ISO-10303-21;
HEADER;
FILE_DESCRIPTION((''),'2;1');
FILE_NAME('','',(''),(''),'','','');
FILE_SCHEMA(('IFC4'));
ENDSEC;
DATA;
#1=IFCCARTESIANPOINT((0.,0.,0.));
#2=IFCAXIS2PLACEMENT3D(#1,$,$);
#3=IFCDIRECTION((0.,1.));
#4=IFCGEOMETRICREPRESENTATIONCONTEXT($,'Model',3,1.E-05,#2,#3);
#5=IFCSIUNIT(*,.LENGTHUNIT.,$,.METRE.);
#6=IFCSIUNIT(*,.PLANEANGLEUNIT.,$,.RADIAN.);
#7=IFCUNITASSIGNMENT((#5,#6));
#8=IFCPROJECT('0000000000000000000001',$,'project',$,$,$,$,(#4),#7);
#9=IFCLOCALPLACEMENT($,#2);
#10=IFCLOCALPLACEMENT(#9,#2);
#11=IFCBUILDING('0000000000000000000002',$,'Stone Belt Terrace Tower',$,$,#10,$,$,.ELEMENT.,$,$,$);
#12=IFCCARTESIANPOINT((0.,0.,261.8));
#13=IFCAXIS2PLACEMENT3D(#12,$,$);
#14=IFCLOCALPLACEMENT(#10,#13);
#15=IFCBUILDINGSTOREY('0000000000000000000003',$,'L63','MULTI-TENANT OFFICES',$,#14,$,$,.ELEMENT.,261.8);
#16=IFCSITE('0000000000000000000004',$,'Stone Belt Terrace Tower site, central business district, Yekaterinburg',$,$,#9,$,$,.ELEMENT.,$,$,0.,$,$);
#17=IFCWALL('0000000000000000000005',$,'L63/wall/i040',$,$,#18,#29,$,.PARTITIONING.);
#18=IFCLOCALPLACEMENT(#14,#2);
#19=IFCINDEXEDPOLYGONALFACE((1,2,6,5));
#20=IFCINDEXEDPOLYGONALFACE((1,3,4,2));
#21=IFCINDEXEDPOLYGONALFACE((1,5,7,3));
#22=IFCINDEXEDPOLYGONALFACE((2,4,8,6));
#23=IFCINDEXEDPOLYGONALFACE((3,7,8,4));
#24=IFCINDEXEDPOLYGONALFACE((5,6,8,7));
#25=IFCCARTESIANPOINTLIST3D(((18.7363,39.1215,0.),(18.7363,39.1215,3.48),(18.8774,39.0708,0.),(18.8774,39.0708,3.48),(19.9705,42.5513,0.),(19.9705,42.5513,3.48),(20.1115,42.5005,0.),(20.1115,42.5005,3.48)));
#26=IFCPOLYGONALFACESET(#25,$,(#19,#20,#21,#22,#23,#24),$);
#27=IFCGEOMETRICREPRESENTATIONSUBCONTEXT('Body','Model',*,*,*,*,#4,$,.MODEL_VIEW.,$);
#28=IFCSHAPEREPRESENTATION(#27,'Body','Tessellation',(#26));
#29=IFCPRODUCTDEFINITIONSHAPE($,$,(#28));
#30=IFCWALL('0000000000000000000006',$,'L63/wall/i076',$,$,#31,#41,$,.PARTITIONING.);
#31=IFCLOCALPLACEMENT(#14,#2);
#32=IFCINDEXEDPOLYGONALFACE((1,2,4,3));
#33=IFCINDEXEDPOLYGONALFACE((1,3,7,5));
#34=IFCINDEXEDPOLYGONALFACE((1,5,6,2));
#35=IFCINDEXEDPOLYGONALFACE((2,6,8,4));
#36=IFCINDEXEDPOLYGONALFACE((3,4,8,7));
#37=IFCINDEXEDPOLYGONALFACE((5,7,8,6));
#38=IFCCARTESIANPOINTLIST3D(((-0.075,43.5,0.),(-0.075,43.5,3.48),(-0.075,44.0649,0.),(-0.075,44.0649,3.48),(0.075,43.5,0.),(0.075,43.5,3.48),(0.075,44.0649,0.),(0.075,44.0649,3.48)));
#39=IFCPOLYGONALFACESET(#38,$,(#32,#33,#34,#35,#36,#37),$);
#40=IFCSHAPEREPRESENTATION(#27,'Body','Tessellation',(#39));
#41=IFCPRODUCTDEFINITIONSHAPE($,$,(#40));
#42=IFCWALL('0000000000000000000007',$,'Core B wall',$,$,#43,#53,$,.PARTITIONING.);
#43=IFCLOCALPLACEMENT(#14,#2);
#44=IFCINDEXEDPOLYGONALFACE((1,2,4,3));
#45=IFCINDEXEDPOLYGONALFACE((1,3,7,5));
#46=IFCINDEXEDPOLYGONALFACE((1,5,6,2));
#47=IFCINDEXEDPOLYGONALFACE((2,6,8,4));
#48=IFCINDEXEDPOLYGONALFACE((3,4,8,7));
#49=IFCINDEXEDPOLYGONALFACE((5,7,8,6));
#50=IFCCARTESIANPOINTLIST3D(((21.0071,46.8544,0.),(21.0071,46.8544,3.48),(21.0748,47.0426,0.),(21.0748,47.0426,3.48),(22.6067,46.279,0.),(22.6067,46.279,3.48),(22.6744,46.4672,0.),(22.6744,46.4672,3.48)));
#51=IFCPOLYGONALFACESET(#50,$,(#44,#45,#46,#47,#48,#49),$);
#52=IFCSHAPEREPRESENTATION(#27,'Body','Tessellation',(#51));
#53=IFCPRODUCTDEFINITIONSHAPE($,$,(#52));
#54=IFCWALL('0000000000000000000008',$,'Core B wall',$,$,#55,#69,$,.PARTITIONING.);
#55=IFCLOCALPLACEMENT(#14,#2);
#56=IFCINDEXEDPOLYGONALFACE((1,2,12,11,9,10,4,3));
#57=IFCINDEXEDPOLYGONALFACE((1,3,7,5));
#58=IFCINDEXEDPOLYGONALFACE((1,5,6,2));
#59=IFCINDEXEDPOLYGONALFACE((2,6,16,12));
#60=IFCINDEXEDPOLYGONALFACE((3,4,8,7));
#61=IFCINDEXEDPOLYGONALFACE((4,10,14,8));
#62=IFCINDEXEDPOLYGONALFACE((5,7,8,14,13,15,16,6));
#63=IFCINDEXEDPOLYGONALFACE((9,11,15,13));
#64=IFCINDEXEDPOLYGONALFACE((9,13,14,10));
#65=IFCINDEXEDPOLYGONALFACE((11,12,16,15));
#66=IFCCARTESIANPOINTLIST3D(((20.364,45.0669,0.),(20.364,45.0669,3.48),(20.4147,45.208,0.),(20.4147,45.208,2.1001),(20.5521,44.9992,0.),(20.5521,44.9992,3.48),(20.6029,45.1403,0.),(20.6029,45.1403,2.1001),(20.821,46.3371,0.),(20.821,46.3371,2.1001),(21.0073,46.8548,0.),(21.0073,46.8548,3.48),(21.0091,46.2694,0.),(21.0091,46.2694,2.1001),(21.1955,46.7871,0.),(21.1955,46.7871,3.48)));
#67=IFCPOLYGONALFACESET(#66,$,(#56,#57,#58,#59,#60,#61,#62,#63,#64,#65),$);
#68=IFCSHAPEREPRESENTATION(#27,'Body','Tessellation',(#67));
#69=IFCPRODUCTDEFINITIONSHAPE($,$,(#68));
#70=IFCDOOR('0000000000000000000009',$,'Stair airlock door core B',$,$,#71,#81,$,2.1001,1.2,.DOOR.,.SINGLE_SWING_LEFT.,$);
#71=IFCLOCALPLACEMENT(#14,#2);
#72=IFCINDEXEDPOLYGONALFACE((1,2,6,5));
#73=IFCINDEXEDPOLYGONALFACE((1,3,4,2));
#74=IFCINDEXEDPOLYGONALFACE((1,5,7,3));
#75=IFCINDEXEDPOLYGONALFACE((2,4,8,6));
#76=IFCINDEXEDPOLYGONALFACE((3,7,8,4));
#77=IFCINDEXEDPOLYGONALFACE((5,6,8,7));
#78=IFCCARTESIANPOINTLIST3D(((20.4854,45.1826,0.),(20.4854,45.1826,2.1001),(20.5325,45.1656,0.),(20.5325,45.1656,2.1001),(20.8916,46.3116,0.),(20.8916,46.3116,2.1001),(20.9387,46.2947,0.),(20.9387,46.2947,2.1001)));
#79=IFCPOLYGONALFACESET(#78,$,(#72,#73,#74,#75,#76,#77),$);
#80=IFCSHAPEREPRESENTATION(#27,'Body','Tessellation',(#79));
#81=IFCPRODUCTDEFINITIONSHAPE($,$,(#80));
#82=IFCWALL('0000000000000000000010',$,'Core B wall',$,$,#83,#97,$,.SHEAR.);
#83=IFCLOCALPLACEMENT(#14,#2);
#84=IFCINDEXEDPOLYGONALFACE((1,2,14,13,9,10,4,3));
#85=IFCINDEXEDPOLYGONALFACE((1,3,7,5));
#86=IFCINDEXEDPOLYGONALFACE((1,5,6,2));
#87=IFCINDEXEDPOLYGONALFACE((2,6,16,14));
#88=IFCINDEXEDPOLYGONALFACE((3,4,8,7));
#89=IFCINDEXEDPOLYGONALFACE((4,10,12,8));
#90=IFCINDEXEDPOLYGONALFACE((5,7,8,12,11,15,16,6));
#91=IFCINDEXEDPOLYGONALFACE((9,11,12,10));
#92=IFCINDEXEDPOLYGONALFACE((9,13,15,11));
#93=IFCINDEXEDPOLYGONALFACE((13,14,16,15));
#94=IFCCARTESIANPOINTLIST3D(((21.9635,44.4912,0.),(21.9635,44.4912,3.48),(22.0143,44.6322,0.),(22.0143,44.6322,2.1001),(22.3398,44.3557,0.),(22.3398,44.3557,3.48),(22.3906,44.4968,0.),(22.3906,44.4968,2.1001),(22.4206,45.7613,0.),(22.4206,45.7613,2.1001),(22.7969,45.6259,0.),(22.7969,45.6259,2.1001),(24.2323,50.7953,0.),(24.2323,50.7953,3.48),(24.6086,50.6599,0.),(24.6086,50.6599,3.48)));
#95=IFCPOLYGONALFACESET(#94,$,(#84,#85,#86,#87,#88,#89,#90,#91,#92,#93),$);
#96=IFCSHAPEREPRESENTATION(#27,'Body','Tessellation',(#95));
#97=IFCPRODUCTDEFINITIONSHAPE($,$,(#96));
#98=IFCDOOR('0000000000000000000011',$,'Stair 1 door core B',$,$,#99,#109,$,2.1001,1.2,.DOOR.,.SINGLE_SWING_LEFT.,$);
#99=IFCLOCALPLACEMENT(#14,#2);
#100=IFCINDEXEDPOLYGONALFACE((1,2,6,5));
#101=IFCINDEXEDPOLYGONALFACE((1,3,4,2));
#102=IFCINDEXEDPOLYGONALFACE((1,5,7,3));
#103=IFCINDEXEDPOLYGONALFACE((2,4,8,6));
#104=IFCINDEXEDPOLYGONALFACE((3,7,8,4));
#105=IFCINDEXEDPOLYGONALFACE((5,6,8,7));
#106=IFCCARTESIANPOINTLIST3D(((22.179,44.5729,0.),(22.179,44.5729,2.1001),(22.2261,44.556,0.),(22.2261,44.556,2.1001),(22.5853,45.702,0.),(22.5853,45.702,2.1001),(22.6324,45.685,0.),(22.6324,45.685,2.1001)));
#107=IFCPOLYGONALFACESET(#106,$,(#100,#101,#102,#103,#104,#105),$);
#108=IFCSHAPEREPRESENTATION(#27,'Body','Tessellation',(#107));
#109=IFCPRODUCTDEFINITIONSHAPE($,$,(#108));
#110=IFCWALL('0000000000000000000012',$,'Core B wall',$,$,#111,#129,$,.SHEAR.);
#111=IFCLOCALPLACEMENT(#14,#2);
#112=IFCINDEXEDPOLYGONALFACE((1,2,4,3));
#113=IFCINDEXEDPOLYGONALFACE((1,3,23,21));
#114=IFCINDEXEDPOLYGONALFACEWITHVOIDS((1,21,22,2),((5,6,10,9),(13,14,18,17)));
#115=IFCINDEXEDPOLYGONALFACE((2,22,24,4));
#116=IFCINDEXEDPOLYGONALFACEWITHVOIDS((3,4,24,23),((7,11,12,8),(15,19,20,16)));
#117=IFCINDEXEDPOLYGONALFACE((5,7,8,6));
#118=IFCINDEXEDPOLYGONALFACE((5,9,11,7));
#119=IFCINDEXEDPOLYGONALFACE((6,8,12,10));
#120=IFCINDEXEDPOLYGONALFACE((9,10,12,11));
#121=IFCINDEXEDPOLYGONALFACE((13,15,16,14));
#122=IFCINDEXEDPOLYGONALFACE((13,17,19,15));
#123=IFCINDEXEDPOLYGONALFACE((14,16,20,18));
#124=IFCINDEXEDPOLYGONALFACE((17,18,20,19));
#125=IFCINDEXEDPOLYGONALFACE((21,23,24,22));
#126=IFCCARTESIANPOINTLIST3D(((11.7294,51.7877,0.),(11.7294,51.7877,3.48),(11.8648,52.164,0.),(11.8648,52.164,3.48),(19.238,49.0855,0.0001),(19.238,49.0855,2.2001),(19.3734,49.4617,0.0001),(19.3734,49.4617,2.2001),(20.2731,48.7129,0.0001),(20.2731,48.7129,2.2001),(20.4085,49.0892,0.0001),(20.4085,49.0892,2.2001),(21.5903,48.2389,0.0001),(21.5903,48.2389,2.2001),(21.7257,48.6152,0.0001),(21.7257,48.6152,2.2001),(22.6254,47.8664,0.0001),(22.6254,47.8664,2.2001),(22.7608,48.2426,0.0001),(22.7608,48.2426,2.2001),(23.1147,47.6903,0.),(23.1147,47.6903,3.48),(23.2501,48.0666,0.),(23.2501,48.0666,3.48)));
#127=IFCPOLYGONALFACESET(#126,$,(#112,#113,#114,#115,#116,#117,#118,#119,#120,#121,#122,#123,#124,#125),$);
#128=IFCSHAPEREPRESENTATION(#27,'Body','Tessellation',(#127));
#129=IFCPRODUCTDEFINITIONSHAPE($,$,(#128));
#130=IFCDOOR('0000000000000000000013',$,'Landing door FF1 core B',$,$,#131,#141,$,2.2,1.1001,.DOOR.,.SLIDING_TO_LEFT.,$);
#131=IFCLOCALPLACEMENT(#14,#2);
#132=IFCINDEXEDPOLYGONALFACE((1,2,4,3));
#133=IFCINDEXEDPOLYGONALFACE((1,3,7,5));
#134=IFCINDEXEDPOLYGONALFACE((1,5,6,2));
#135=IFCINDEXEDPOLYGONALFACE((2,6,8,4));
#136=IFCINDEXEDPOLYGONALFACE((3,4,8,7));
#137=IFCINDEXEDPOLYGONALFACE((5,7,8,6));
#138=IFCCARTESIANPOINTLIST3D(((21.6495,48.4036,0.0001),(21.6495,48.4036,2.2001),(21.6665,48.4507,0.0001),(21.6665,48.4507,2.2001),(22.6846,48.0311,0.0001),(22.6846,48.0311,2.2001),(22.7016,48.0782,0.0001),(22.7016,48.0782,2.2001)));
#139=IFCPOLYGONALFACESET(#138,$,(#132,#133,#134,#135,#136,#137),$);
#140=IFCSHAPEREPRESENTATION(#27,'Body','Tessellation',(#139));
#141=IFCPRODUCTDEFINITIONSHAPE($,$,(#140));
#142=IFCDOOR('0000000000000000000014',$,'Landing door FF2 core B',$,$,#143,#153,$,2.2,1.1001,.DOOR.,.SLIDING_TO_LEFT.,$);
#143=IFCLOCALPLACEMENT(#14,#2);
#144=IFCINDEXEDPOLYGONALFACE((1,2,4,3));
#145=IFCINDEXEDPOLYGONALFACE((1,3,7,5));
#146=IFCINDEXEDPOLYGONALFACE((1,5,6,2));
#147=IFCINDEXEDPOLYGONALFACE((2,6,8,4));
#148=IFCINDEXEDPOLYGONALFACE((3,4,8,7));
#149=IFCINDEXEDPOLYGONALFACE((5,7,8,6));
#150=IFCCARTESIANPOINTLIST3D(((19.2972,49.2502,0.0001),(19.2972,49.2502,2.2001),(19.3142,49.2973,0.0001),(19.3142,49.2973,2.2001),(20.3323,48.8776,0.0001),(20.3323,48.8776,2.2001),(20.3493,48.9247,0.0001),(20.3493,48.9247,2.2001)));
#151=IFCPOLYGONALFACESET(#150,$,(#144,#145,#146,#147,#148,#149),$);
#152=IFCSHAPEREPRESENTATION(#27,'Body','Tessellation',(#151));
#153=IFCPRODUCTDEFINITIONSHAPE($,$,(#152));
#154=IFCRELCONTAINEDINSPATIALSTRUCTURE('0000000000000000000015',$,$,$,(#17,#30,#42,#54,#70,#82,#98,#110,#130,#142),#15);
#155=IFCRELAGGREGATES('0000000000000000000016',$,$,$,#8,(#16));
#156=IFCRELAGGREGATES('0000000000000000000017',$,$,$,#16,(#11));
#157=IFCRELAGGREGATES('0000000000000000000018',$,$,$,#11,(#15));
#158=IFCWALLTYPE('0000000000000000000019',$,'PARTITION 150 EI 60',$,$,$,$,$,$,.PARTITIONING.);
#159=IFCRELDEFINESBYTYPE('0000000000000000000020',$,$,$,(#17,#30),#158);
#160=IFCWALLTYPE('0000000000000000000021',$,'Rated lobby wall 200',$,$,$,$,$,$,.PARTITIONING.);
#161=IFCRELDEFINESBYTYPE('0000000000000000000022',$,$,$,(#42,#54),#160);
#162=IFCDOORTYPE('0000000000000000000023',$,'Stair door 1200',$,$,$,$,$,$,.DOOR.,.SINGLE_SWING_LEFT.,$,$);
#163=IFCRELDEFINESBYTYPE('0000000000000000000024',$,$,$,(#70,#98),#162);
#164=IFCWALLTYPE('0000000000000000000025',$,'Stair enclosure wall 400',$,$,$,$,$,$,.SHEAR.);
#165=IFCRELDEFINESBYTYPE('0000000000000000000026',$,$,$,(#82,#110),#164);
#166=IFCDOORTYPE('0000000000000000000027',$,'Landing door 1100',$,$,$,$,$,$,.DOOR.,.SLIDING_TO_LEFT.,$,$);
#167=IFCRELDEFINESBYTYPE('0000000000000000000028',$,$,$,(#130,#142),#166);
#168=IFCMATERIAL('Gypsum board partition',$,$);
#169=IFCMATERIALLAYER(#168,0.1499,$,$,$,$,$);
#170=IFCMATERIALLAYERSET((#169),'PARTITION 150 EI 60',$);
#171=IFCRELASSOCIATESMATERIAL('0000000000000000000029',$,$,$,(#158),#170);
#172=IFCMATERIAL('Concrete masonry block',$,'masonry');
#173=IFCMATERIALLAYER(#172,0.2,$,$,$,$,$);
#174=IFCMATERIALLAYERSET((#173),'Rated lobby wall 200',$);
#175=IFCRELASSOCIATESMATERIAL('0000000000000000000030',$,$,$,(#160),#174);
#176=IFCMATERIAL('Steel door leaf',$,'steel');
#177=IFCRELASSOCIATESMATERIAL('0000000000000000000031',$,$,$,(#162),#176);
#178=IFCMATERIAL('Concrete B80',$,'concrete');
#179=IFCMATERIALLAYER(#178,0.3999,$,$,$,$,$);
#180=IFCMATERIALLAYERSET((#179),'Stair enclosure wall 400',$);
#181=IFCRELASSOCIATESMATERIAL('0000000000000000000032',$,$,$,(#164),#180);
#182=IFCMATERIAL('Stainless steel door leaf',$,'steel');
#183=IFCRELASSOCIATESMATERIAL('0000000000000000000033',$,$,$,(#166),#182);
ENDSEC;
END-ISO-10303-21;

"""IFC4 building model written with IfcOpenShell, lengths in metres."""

from ifc_helpers import new_model, si_unit, direction, frame, frame_2d, origin, place, context, subcontext, project, spatial, rectangle, extrude, material, layer, layer_set, type_object, element, fill, save


model = new_model("IFC4")

# Units and contexts
model_context = context("Model", 3, precision=1e-05, world=origin(), true_north=direction((0.0, 1.0)))
body_context = subcontext(model_context, "Body", "Model", "MODEL_VIEW")
ifc_project = project(units=[si_unit("LENGTHUNIT", "METRE"), si_unit("PLANEANGLEUNIT", "RADIAN")], contexts=[model_context])

# Site, building, storey
site_placement = place(None, origin())
site = spatial("IfcSite", under=ifc_project, at=site_placement, Name="Stone Belt Terrace Tower site, central business district, Yekaterinburg", CompositionType="ELEMENT", RefElevation=0.0)
building_placement = place(site_placement, origin())
building = spatial("IfcBuilding", under=site, at=building_placement, Name="Stone Belt Terrace Tower", CompositionType="ELEMENT")
storey_placement = place(building_placement, frame((0.0, 0.0, 261.8)))
storey = spatial("IfcBuildingStorey", under=building, at=storey_placement, Name="L63", Description="MULTI-TENANT OFFICES", CompositionType="ELEMENT", Elevation=261.8)

# Shared definitions
ifc_material_1 = material(Name="Gypsum board partition")
ifc_layer_1 = layer(ifc_material_1, 0.1499)
ifc_layer_set_1 = layer_set([ifc_layer_1], Name="PARTITION 150 EI 60")
wall_type_1 = type_object("IfcWallType", Name="PARTITION 150 EI 60", PredefinedType="PARTITIONING", material=ifc_layer_set_1)

# Walls
wall_1_placement = place(storey_placement, frame((20.041, 42.5259, 0.0), z_axis=(0.0, 0.0, 1.0), x_axis=(-0.338584, -0.940936, 0.0)))
element("IfcWall", 1, at=wall_1_placement, inside=storey, type_object=wall_type_1, Name="L63/wall/i040", PredefinedType="PARTITIONING", context=body_context, shape_type="SweptSolid", body=[
    extrude(rectangle(XDim=3.645, YDim=0.1499, at=frame_2d((1.8225, 0.0))), origin(), (0.0, 0.0, 1.0), 3.48),
])
wall_2_placement = place(storey_placement, frame((0.0, 44.0649, 0.0), z_axis=(0.0, 0.0, 1.0), x_axis=(0.0, -1.0, 0.0)))
element("IfcWall", 2, at=wall_2_placement, inside=storey, type_object=wall_type_1, Name="L63/wall/i076", PredefinedType="PARTITIONING", context=body_context, shape_type="SweptSolid", body=[
    extrude(rectangle(XDim=0.5649, YDim=0.1499, at=frame_2d((0.2825, 0.0))), origin(), (0.0, 0.0, 1.0), 3.48),
])
ifc_material_2 = material(Name="Concrete masonry block", Category="masonry")
ifc_layer_2 = layer(ifc_material_2, 0.2)
ifc_layer_set_2 = layer_set([ifc_layer_2], Name="Rated lobby wall 200")
wall_type_2 = type_object("IfcWallType", Name="Rated lobby wall 200", PredefinedType="PARTITIONING", material=ifc_layer_set_2)
wall_3_placement = place(storey_placement, frame((22.6406, 46.373, 0.0), z_axis=(0.0, 0.0, 1.0), x_axis=(-0.940966, 0.338501, 0.0)))
element("IfcWall", 3, at=wall_3_placement, inside=storey, type_object=wall_type_2, Name="Core B wall", PredefinedType="PARTITIONING", context=body_context, shape_type="SweptSolid", body=[
    extrude(rectangle(XDim=1.7, YDim=0.2, at=frame_2d((0.8501, 0.0))), origin(), (0.0, 0.0, 1.0), 3.48),
])

# Walls, openings, doors
wall_4_placement = place(storey_placement, frame((20.458, 45.033, 0.0), z_axis=(0.0, 0.0, 1.0), x_axis=(0.338574, 0.94094, 0.0)))
wall_4 = element("IfcWall", 4, at=wall_4_placement, inside=storey, type_object=wall_type_2, Name="Core B wall", PredefinedType="PARTITIONING", context=body_context, shape_type="SweptSolid", body=[
    extrude(rectangle(XDim=1.9001, YDim=0.2, at=frame_2d((0.9502, 0.0))), origin(), (0.0, 0.0, 1.0), 3.48),
])
opening_1_placement = place(wall_4_placement, frame((0.1499, 0.0, 0.0)))
opening_1 = element("IfcOpeningElement", 5, at=opening_1_placement, cuts=wall_4, PredefinedType="OPENING", context=body_context, shape_type="SweptSolid", body=[
    extrude(rectangle(XDim=1.2, YDim=2.1001, at=frame_2d((0.6001, 1.05))), frame((0.0, 0.1099, 0.0), z_axis=(0.0, -1.0, 0.0), x_axis=(1.0, 0.0, 0.0)), (0.0, 0.0, 1.0), 0.22),
])
ifc_material_3 = material(Name="Steel door leaf", Category="steel")
door_type_1 = type_object("IfcDoorType", Name="Stair door 1200", OperationType="SINGLE_SWING_LEFT", PredefinedType="DOOR", material=ifc_material_3)
door_1_placement = place(opening_1_placement, origin())
door_1 = element("IfcDoor", 6, at=door_1_placement, inside=storey, type_object=door_type_1, Name="Stair airlock door core B", OperationType="SINGLE_SWING_LEFT", OverallHeight=2.1001, OverallWidth=1.2, PredefinedType="DOOR", context=body_context, shape_type="SweptSolid", body=[
    extrude(rectangle(XDim=1.2, YDim=2.1001, at=frame_2d((0.6001, 1.05))), frame((0.0, 0.0249, 0.0), z_axis=(0.0, -1.0, 0.0), x_axis=(1.0, 0.0, 0.0)), (0.0, 0.0, 1.0), 0.05),
])
fill(opening_1, door_1)
ifc_material_4 = material(Name="Concrete B80", Category="concrete")
ifc_layer_3 = layer(ifc_material_4, 0.3999)
ifc_layer_set_3 = layer_set([ifc_layer_3], Name="Stair enclosure wall 400")
wall_type_3 = type_object("IfcWallType", Name="Stair enclosure wall 400", PredefinedType="SHEAR", material=ifc_layer_set_3)
wall_5_placement = place(storey_placement, frame((22.1516, 44.4233, 0.0), z_axis=(0.0, 0.0, 1.0), x_axis=(0.338625, 0.940921, 0.0)))
wall_5 = element("IfcWall", 7, at=wall_5_placement, inside=storey, type_object=wall_type_3, Name="Core B wall", PredefinedType="SHEAR", context=body_context, shape_type="SweptSolid", body=[
    extrude(rectangle(XDim=6.7, YDim=0.3999, at=frame_2d((3.3501, 0.0))), origin(), (0.0, 0.0, 1.0), 3.48),
])
opening_2_placement = place(wall_5_placement, frame((0.1499, 0.0, 0.0)))
opening_2 = element("IfcOpeningElement", 8, at=opening_2_placement, cuts=wall_5, PredefinedType="OPENING", context=body_context, shape_type="SweptSolid", body=[
    extrude(rectangle(XDim=1.2, YDim=2.1001, at=frame_2d((0.6001, 1.05))), frame((0.0, 0.21, 0.0), z_axis=(0.0, -1.0, 0.0), x_axis=(1.0, 0.0, 0.0)), (0.0, 0.0, 1.0), 0.4199),
])
door_2_placement = place(opening_2_placement, origin())
door_2 = element("IfcDoor", 9, at=door_2_placement, inside=storey, type_object=door_type_1, Name="Stair 1 door core B", OperationType="SINGLE_SWING_LEFT", OverallHeight=2.1001, OverallWidth=1.2, PredefinedType="DOOR", context=body_context, shape_type="SweptSolid", body=[
    extrude(rectangle(XDim=1.2, YDim=2.1001, at=frame_2d((0.6001, 1.05))), frame((0.0, 0.0249, 0.0), z_axis=(0.0, -1.0, 0.0), x_axis=(1.0, 0.0, 0.0)), (0.0, 0.0, 1.0), 0.05),
])
fill(opening_2, door_2)

# Wall, openings, doors
wall_6_placement = place(storey_placement, frame((23.1824, 47.8784, 0.0), z_axis=(0.0, 0.0, 1.0), x_axis=(-0.940921, 0.338626, 0.0)))
wall_6 = element("IfcWall", 10, at=wall_6_placement, inside=storey, type_object=wall_type_3, Name="Core B wall", PredefinedType="SHEAR", context=body_context, shape_type="SweptSolid", body=[
    extrude(rectangle(XDim=12.1001, YDim=0.3999, at=frame_2d((6.05, 0.0))), origin(), (0.0, 0.0, 1.0), 3.48),
])
opening_3_placement = place(wall_6_placement, frame((0.52, 0.0, 0.0)))
opening_3 = element("IfcOpeningElement", 11, at=opening_3_placement, cuts=wall_6, PredefinedType="OPENING", context=body_context, shape_type="SweptSolid", body=[
    extrude(rectangle(XDim=1.1001, YDim=2.2, at=frame_2d((0.55, 1.1001))), frame((0.0, 0.21, 0.0), z_axis=(0.0, -1.0, 0.0), x_axis=(1.0, 0.0, 0.0)), (0.0, 0.0, 1.0), 0.4199),
])
opening_4_placement = place(wall_6_placement, frame((3.02, 0.0, 0.0)))
opening_4 = element("IfcOpeningElement", 12, at=opening_4_placement, cuts=wall_6, PredefinedType="OPENING", context=body_context, shape_type="SweptSolid", body=[
    extrude(rectangle(XDim=1.1001, YDim=2.2, at=frame_2d((0.55, 1.1001))), frame((0.0, 0.21, 0.0), z_axis=(0.0, -1.0, 0.0), x_axis=(1.0, 0.0, 0.0)), (0.0, 0.0, 1.0), 0.4199),
])
ifc_material_5 = material(Name="Stainless steel door leaf", Category="steel")
door_type_2 = type_object("IfcDoorType", Name="Landing door 1100", OperationType="SLIDING_TO_LEFT", PredefinedType="DOOR", material=ifc_material_5)
door_3_placement = place(opening_3_placement, origin())
door_3 = element("IfcDoor", 13, at=door_3_placement, inside=storey, type_object=door_type_2, Name="Landing door FF1 core B", OperationType="SLIDING_TO_LEFT", OverallHeight=2.2, OverallWidth=1.1001, PredefinedType="DOOR", context=body_context, shape_type="SweptSolid", body=[
    extrude(rectangle(XDim=1.1001, YDim=2.2, at=frame_2d((0.55, 1.1001))), frame((0.0, 0.0249, 0.0), z_axis=(0.0, -1.0, 0.0), x_axis=(1.0, 0.0, 0.0)), (0.0, 0.0, 1.0), 0.05),
])
fill(opening_3, door_3)
door_4_placement = place(opening_4_placement, origin())
door_4 = element("IfcDoor", 14, at=door_4_placement, inside=storey, type_object=door_type_2, Name="Landing door FF2 core B", OperationType="SLIDING_TO_LEFT", OverallHeight=2.2, OverallWidth=1.1001, PredefinedType="DOOR", context=body_context, shape_type="SweptSolid", body=[
    extrude(rectangle(XDim=1.1001, YDim=2.2, at=frame_2d((0.55, 1.1001))), frame((0.0, 0.0249, 0.0), z_axis=(0.0, -1.0, 0.0), x_axis=(1.0, 0.0, 0.0)), (0.0, 0.0, 1.0), 0.05),
])
fill(opening_4, door_4)

save(model, "model.ifc")
